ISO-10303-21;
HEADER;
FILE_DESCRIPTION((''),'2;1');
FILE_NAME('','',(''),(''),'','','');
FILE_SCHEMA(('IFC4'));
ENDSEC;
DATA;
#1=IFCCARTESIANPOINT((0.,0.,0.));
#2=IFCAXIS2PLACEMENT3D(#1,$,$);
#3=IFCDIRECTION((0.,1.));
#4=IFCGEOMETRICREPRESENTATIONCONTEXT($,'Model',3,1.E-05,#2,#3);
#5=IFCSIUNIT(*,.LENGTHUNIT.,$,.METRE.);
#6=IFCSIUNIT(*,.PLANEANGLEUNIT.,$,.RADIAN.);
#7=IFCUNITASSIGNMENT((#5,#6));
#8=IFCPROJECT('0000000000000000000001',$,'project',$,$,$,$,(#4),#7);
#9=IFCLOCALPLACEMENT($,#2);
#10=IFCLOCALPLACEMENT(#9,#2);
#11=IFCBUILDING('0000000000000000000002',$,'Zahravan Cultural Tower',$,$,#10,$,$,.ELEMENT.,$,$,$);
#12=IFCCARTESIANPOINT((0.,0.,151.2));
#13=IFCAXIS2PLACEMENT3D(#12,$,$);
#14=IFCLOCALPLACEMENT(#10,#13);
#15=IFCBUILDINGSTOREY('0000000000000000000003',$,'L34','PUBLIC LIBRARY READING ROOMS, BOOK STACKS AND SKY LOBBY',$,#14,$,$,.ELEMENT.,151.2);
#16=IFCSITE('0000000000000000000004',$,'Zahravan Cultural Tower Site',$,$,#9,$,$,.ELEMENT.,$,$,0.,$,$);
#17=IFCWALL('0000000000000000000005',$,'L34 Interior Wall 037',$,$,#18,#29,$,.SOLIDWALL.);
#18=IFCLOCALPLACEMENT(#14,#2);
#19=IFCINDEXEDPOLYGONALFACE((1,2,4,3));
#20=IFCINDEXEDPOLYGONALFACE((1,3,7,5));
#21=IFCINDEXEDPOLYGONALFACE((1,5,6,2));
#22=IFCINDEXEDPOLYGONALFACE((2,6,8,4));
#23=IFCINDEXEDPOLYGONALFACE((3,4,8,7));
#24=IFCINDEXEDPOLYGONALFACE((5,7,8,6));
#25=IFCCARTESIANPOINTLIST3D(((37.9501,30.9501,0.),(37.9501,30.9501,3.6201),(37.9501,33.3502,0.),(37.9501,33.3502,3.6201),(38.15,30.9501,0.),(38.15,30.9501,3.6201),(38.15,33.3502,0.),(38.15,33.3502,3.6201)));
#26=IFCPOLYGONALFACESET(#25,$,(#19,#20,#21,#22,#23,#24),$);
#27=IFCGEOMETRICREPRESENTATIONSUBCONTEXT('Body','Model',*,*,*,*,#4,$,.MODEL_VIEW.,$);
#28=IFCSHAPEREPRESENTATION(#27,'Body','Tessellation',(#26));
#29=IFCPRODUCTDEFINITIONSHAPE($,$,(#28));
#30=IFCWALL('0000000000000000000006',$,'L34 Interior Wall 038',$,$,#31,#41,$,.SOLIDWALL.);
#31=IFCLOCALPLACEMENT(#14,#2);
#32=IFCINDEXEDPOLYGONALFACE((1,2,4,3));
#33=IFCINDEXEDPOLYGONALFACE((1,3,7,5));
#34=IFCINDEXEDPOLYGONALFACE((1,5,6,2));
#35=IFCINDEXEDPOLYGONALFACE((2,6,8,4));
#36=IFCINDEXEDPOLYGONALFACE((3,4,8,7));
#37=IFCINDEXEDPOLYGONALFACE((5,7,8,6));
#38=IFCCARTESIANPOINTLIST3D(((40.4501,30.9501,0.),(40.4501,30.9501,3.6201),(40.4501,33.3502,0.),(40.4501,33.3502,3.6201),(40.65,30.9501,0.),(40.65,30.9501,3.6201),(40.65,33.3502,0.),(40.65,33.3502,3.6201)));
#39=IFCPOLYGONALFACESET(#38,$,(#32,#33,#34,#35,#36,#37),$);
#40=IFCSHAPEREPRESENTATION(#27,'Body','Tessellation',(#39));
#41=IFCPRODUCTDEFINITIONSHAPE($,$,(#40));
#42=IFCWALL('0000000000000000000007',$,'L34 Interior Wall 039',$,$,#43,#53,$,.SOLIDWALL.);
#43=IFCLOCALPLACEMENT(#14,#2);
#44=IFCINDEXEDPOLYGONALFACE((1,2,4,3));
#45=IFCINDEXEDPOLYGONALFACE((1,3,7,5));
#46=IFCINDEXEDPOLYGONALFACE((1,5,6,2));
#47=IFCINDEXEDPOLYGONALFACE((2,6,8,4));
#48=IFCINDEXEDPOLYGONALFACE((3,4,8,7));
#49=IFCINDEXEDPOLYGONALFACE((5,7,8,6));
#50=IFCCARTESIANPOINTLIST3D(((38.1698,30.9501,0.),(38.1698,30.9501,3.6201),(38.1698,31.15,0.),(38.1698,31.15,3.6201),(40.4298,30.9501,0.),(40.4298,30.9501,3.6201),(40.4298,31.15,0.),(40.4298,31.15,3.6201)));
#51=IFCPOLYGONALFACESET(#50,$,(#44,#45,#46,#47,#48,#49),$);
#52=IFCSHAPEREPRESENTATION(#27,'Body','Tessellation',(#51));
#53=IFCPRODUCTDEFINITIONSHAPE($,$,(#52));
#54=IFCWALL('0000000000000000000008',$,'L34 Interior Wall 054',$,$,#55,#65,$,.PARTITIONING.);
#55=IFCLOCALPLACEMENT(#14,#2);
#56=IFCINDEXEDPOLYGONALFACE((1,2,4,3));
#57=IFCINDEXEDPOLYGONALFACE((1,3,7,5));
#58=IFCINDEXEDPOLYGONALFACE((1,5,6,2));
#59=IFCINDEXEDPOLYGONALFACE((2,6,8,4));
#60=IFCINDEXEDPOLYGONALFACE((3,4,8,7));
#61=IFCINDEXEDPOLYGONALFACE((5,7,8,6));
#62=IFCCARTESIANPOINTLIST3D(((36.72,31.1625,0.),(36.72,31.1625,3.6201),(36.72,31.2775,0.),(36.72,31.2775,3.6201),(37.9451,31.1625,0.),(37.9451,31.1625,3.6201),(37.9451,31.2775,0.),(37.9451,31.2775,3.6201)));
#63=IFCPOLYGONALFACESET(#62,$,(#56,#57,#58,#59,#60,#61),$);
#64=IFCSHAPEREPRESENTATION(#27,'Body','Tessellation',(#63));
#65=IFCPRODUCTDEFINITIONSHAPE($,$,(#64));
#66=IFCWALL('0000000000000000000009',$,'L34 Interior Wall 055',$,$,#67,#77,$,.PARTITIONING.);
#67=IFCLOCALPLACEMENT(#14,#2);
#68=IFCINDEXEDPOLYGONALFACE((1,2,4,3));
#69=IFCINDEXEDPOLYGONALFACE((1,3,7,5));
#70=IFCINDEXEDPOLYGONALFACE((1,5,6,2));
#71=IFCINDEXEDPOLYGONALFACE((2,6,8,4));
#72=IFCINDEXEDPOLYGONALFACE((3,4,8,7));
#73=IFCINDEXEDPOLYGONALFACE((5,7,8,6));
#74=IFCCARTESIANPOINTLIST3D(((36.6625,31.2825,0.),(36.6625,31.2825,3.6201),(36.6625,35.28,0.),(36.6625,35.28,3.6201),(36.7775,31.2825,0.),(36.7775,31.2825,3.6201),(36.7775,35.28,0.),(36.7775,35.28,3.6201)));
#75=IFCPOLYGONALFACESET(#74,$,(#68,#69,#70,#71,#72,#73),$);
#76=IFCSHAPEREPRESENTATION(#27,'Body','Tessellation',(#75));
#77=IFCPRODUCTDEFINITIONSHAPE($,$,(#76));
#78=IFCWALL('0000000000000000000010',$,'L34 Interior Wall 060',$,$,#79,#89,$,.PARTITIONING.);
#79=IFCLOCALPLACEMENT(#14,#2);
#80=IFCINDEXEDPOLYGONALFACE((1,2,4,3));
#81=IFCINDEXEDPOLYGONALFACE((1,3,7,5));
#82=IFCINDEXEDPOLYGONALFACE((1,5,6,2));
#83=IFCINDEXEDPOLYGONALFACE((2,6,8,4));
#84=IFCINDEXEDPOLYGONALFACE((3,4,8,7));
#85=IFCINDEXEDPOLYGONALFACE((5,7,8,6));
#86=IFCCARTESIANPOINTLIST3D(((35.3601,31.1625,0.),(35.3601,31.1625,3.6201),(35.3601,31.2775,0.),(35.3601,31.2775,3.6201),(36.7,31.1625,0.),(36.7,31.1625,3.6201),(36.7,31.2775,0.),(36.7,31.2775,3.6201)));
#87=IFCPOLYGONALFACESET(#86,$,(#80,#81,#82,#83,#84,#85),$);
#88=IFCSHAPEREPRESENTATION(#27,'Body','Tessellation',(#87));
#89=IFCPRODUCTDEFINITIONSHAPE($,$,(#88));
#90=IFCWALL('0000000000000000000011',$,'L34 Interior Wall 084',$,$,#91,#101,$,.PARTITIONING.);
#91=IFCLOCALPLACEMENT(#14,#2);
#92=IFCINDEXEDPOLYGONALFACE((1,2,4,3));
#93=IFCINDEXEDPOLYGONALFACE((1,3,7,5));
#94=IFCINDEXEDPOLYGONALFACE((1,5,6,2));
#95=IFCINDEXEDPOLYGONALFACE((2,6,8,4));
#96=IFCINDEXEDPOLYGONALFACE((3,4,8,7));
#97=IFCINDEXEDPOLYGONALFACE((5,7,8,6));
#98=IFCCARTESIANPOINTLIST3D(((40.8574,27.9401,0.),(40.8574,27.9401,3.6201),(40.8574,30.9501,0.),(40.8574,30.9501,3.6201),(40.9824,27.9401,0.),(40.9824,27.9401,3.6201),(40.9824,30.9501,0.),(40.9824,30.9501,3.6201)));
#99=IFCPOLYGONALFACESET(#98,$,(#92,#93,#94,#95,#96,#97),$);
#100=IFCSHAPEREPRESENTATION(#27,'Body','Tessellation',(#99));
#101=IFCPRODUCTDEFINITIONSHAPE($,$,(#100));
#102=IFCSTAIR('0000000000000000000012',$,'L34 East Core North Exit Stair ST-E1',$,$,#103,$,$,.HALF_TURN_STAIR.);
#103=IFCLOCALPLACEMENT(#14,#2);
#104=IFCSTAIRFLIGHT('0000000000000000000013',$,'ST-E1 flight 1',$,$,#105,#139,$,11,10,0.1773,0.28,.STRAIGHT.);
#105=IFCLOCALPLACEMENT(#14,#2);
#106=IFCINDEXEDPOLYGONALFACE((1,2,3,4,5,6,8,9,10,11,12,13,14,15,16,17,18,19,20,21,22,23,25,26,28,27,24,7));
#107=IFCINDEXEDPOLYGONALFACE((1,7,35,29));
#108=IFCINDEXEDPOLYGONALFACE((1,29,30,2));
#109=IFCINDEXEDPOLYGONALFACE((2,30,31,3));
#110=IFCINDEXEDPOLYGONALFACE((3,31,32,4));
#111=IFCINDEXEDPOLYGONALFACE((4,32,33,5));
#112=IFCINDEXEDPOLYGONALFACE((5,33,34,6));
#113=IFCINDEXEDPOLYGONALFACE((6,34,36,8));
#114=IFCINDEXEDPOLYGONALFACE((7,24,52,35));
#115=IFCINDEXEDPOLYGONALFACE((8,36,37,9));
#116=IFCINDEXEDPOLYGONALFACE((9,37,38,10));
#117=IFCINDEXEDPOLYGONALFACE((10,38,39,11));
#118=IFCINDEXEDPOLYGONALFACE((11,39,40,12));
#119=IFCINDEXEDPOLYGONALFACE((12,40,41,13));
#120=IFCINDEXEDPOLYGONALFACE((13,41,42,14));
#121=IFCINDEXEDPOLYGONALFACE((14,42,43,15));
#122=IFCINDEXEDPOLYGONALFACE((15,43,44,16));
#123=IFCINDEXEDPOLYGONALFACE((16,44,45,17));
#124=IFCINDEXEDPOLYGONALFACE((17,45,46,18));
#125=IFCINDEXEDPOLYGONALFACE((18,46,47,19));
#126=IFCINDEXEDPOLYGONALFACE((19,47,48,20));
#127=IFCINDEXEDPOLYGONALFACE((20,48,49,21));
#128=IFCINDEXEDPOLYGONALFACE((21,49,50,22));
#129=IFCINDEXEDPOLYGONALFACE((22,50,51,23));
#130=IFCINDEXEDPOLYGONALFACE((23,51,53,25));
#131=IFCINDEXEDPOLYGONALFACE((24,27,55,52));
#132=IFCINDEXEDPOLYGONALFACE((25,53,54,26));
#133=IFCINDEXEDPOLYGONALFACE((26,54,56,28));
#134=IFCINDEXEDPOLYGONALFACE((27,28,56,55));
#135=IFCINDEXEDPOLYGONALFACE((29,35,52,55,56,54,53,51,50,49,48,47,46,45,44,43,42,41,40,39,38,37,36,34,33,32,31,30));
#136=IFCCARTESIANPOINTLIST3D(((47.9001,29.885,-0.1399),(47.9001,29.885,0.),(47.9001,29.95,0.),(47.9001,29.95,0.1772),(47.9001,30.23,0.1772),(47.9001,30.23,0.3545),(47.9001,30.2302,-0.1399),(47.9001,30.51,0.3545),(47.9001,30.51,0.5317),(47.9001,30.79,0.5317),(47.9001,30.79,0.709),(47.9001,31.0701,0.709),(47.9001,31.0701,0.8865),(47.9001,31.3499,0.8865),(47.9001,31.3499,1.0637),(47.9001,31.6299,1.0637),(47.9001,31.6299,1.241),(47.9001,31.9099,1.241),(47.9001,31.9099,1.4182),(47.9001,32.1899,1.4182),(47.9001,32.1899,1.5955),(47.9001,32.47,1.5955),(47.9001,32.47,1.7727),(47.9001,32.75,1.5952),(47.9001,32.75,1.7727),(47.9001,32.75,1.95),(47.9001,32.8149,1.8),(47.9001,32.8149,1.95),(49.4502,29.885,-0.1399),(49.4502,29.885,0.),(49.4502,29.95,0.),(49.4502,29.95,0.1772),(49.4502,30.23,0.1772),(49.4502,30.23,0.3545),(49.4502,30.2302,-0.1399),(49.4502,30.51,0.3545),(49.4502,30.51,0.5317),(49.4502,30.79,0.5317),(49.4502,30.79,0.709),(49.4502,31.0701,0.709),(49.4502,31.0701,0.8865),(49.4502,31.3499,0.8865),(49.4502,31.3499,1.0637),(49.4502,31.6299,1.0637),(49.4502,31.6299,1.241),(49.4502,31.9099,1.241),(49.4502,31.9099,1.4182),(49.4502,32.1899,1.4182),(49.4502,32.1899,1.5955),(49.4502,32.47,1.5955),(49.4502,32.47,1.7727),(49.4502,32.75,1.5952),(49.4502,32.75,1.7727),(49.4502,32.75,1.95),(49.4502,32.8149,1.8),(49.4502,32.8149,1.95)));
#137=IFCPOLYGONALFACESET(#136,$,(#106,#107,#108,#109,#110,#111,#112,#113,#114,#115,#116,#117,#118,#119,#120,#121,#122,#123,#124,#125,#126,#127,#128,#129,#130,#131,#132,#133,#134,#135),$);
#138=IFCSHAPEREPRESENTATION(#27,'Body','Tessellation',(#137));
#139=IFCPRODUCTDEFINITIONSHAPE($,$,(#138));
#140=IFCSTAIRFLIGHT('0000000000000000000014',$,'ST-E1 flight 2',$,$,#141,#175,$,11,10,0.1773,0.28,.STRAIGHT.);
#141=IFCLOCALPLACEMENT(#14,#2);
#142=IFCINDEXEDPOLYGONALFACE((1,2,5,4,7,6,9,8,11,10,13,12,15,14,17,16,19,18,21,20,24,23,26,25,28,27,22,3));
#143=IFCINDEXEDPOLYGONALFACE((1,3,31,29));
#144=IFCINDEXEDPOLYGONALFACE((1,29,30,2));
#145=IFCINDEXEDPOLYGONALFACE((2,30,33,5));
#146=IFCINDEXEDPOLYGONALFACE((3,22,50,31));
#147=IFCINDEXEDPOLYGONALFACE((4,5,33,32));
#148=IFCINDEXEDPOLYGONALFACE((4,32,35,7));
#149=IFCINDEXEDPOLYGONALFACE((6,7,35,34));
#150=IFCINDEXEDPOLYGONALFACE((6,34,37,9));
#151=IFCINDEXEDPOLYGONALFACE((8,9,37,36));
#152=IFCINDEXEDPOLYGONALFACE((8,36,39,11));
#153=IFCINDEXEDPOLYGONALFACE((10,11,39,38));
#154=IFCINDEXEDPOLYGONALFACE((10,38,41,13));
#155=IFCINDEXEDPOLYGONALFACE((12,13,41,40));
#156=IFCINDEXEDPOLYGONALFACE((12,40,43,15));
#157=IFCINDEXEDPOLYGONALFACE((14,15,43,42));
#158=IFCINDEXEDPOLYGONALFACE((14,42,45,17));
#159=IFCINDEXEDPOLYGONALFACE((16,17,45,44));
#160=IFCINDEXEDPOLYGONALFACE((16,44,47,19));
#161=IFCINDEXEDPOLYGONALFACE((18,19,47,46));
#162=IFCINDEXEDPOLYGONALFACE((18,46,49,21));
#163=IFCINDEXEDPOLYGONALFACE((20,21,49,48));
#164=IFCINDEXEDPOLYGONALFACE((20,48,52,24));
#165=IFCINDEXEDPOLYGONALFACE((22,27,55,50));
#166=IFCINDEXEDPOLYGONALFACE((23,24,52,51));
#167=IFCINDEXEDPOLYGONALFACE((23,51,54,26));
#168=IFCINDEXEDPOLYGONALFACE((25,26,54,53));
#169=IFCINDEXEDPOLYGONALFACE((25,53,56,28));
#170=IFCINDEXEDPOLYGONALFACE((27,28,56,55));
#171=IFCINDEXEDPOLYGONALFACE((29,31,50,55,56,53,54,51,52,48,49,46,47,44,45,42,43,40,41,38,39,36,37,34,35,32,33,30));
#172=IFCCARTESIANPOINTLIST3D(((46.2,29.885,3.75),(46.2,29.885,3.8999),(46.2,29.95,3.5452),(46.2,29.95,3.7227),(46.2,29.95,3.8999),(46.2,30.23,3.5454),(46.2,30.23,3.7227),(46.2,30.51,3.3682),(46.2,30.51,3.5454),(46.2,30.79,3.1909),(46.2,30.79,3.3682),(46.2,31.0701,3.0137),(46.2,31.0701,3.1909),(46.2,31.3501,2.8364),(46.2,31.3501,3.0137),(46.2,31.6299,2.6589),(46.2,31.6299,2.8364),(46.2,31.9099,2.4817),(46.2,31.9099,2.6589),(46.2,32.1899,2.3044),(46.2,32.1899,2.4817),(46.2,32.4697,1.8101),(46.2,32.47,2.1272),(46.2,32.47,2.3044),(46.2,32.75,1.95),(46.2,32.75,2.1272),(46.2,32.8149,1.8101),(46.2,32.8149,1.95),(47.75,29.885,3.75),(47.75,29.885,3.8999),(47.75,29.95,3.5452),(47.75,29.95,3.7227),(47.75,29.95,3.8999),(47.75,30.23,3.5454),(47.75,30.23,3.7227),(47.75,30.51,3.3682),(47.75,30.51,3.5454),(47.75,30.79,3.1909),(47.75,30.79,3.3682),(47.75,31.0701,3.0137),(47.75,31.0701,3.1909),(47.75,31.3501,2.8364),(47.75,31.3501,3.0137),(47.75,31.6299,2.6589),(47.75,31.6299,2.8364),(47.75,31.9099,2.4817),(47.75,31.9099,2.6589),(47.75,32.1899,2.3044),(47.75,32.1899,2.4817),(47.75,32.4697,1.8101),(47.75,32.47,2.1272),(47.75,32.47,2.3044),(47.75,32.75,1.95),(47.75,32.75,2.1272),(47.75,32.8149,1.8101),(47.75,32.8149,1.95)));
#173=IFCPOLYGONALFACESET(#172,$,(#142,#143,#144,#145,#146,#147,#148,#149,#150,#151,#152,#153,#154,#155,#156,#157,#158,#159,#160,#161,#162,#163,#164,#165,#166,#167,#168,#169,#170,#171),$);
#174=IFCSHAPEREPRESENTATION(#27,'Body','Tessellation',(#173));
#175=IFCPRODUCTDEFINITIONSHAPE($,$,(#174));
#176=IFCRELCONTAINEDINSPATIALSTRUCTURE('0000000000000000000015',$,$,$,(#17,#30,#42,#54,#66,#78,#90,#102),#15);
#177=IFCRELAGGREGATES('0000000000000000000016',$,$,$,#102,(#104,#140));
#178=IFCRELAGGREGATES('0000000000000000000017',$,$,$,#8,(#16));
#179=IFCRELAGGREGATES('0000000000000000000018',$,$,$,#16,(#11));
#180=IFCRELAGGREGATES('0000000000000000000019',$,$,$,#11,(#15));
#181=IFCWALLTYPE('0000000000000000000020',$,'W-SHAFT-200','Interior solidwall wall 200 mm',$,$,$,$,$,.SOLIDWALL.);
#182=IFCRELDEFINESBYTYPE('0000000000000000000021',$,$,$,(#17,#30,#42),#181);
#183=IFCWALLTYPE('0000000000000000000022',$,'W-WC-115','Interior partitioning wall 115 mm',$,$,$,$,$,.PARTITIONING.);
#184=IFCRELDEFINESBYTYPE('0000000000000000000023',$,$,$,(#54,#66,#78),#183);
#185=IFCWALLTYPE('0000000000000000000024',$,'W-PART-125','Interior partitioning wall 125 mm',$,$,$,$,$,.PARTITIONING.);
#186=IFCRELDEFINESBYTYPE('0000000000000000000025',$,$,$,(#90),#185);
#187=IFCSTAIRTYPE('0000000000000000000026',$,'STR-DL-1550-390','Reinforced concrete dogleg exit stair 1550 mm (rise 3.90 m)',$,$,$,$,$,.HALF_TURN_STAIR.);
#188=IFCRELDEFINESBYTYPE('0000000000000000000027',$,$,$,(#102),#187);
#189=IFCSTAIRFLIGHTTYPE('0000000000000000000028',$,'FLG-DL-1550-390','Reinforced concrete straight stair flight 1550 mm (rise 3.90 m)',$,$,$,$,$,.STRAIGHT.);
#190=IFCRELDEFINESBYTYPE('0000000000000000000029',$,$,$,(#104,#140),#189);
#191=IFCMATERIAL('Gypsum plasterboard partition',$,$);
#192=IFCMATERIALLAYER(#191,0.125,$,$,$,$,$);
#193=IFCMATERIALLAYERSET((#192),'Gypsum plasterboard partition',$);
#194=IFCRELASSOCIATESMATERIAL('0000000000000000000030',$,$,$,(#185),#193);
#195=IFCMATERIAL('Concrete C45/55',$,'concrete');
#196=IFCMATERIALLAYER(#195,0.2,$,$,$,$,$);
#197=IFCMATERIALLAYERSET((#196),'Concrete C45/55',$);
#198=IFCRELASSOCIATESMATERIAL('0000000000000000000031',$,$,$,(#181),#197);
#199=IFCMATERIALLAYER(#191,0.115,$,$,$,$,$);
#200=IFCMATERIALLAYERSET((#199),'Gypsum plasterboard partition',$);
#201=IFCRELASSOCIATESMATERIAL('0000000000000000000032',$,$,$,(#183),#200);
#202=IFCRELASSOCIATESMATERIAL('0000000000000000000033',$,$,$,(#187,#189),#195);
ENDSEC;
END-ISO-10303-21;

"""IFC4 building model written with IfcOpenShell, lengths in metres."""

from ifc_helpers import new_model, si_unit, direction, frame, frame_2d, origin, place, context, subcontext, project, spatial, polyline, rectangle, outline, extrude, source, transform, mapped, material, layer, layer_set, type_object, element, aggregate, save


model = new_model("IFC4")

# Units and contexts
model_context = context("Model", 3, precision=1e-05, world=origin(), true_north=direction((0.0, 1.0)))
body_context = subcontext(model_context, "Body", "Model", "MODEL_VIEW")
ifc_project = project(units=[si_unit("LENGTHUNIT", "METRE"), si_unit("PLANEANGLEUNIT", "RADIAN")], contexts=[model_context])

# Site, building, storey
site_placement = place(None, origin())
site = spatial("IfcSite", under=ifc_project, at=site_placement, Name="Zahravan Cultural Tower Site", CompositionType="ELEMENT", RefElevation=0.0)
building_placement = place(site_placement, origin())
building = spatial("IfcBuilding", under=site, at=building_placement, Name="Zahravan Cultural Tower", CompositionType="ELEMENT")
storey_placement = place(building_placement, frame((0.0, 0.0, 151.2)))
storey = spatial("IfcBuildingStorey", under=building, at=storey_placement, Name="L34", Description="PUBLIC LIBRARY READING ROOMS, BOOK STACKS AND SKY LOBBY", CompositionType="ELEMENT", Elevation=151.2)

# Shared definitions
ifc_material_1 = material(Name="Gypsum plasterboard partition")
ifc_layer_1 = layer(ifc_material_1, 0.125)
ifc_layer_set_1 = layer_set([ifc_layer_1], Name="Gypsum plasterboard partition")
wall_type_1 = type_object("IfcWallType", Name="W-PART-125", Description="Interior partitioning wall 125 mm", PredefinedType="PARTITIONING", material=ifc_layer_set_1)
ifc_material_2 = material(Name="Concrete C45/55", Category="concrete")
ifc_layer_2 = layer(ifc_material_2, 0.2)
ifc_layer_set_2 = layer_set([ifc_layer_2], Name="Concrete C45/55")
wall_type_2 = type_object("IfcWallType", Name="W-SHAFT-200", Description="Interior solidwall wall 200 mm", PredefinedType="SOLIDWALL", material=ifc_layer_set_2)

# Walls
shared_shape_1 = source(origin(), body_context, "Body", "SweptSolid", [
    extrude(rectangle(XDim=2.4001, YDim=0.2, at=frame_2d((1.2002, 0.0))), origin(), (0.0, 0.0, 1.0), 3.6201),
])
for number, where, z_axis, x_axis, name in (
    (1, (38.05, 30.95, 0.0), (0.0, 0.0, 1.0), (0.0, 1.0, 0.0), "L34 Interior Wall 037"),
    (2, (40.55, 30.95, 0.0), (0.0, 0.0, 1.0), (0.0, 1.0, 0.0), "L34 Interior Wall 038"),
):
    element("IfcWall", number, at=place(storey_placement, frame(where, z_axis=z_axis, x_axis=x_axis)), inside=storey, type_object=wall_type_2, Name=name, PredefinedType="SOLIDWALL", context=body_context, shape_type="MappedRepresentation", body=[
        mapped(shared_shape_1, transform((0.0, 0.0, 0.0), x_axis=(1.0, 0.0, 0.0), y_axis=(0.0, 1.0, 0.0), z_axis=(0.0, 0.0, 1.0), scale=1.0)),
    ])
shared_shape_2 = source(origin(), body_context, "Body", "SweptSolid", [
    extrude(rectangle(XDim=2.26, YDim=0.2, at=frame_2d((1.1299, 0.0))), origin(), (0.0, 0.0, 1.0), 3.6201),
])
wall_1_placement = place(storey_placement, frame((38.1699, 31.05, 0.0), z_axis=(0.0, 0.0, 1.0), x_axis=(1.0, 0.0, 0.0)))
element("IfcWall", 3, at=wall_1_placement, inside=storey, type_object=wall_type_2, Name="L34 Interior Wall 039", PredefinedType="SOLIDWALL", context=body_context, shape_type="MappedRepresentation", body=[
    mapped(shared_shape_2, transform((0.0, 0.0, 0.0), x_axis=(1.0, 0.0, 0.0), y_axis=(0.0, 1.0, 0.0), z_axis=(0.0, 0.0, 1.0), scale=1.0)),
])
ifc_layer_3 = layer(ifc_material_1, 0.115)
ifc_layer_set_3 = layer_set([ifc_layer_3], Name="Gypsum plasterboard partition")
wall_type_3 = type_object("IfcWallType", Name="W-WC-115", Description="Interior partitioning wall 115 mm", PredefinedType="PARTITIONING", material=ifc_layer_set_3)
shared_shape_3 = source(origin(), body_context, "Body", "SweptSolid", [
    extrude(rectangle(XDim=1.2251, YDim=0.115, at=frame_2d((0.6125, 0.0))), origin(), (0.0, 0.0, 1.0), 3.6201),
])
wall_2_placement = place(storey_placement, frame((37.9451, 31.22, 0.0), z_axis=(0.0, 0.0, 1.0), x_axis=(-1.0, 0.0, 0.0)))
element("IfcWall", 4, at=wall_2_placement, inside=storey, type_object=wall_type_3, Name="L34 Interior Wall 054", PredefinedType="PARTITIONING", context=body_context, shape_type="MappedRepresentation", body=[
    mapped(shared_shape_3, transform((0.0, 0.0, 0.0), x_axis=(1.0, 0.0, 0.0), y_axis=(0.0, 1.0, 0.0), z_axis=(0.0, 0.0, 1.0), scale=1.0)),
])
shared_shape_4 = source(origin(), body_context, "Body", "SweptSolid", [
    extrude(rectangle(XDim=3.9976, YDim=0.115, at=frame_2d((1.9988, 0.0))), origin(), (0.0, 0.0, 1.0), 3.6201),
])
wall_3_placement = place(storey_placement, frame((36.72, 31.2825, 0.0), z_axis=(0.0, 0.0, 1.0), x_axis=(0.0, 1.0, 0.0)))
element("IfcWall", 5, at=wall_3_placement, inside=storey, type_object=wall_type_3, Name="L34 Interior Wall 055", PredefinedType="PARTITIONING", context=body_context, shape_type="MappedRepresentation", body=[
    mapped(shared_shape_4, transform((0.0, 0.0, 0.0), x_axis=(1.0, 0.0, 0.0), y_axis=(0.0, 1.0, 0.0), z_axis=(0.0, 0.0, 1.0), scale=1.0)),
])
shared_shape_5 = source(origin(), body_context, "Body", "SweptSolid", [
    extrude(rectangle(XDim=1.3398, YDim=0.115, at=frame_2d((0.6699, 0.0))), origin(), (0.0, 0.0, 1.0), 3.6201),
])
wall_4_placement = place(storey_placement, frame((36.7, 31.22, 0.0), z_axis=(0.0, 0.0, 1.0), x_axis=(-1.0, 0.0, 0.0)))
element("IfcWall", 6, at=wall_4_placement, inside=storey, type_object=wall_type_3, Name="L34 Interior Wall 060", PredefinedType="PARTITIONING", context=body_context, shape_type="MappedRepresentation", body=[
    mapped(shared_shape_5, transform((0.0, 0.0, 0.0), x_axis=(1.0, 0.0, 0.0), y_axis=(0.0, 1.0, 0.0), z_axis=(0.0, 0.0, 1.0), scale=1.0)),
])
shared_shape_6 = source(origin(), body_context, "Body", "SweptSolid", [
    extrude(rectangle(XDim=3.01, YDim=0.125, at=frame_2d((1.5049, 0.0))), origin(), (0.0, 0.0, 1.0), 3.6201),
])
wall_5_placement = place(storey_placement, frame((40.9199, 30.95, 0.0), z_axis=(0.0, 0.0, 1.0), x_axis=(0.0, -1.0, 0.0)))
element("IfcWall", 7, at=wall_5_placement, inside=storey, type_object=wall_type_1, Name="L34 Interior Wall 084", PredefinedType="PARTITIONING", context=body_context, shape_type="MappedRepresentation", body=[
    mapped(shared_shape_6, transform((0.0, 0.0, 0.0), x_axis=(1.0, 0.0, 0.0), y_axis=(0.0, 1.0, 0.0), z_axis=(0.0, 0.0, 1.0), scale=1.0)),
])

# Stair, stair flights
stair_type = type_object("IfcStairType", Name="STR-DL-1550-390", Description="Reinforced concrete dogleg exit stair 1550 mm (rise 3.90 m)", PredefinedType="HALF_TURN_STAIR", material=ifc_material_2)
stair_placement = place(storey_placement, origin())
stair = element("IfcStair", 8, at=stair_placement, inside=storey, type_object=stair_type, Name="L34 East Core North Exit Stair ST-E1", PredefinedType="HALF_TURN_STAIR")
stair_flight_type = type_object("IfcStairFlightType", Name="FLG-DL-1550-390", Description="Reinforced concrete straight stair flight 1550 mm (rise 3.90 m)", PredefinedType="STRAIGHT", material=ifc_material_2)
stair_flight_1_placement = place(storey_placement, frame((48.675, 29.95, 0.0), z_axis=(0.0, 0.0, 1.0), x_axis=(0.0, 1.0, 0.0)))
stair_flight_1 = element("IfcStairFlight", 9, at=stair_flight_1_placement, type_object=stair_flight_type, Name="ST-E1 flight 1", NumberOfRisers=11, NumberOfTreads=10, PredefinedType="STRAIGHT", RiserHeight=0.1773, TreadLength=0.28, context=body_context, shape_type="SweptSolid", body=[
    extrude(outline(polyline([(-0.0649, -0.1399), (-0.0649, 0.0), (0.0, 0.0), (0.0, 0.1772), (0.28, 0.1772), (0.28, 0.3545), (0.5601, 0.3545), (0.5601, 0.5317), (0.8401, 0.5317), (0.8401, 0.709), (1.1201, 0.709), (1.1201, 0.8865), (1.3999, 0.8865), (1.3999, 1.0637), (1.6799, 1.0637), (1.6799, 1.241), (1.96, 1.241), (1.96, 1.4182), (2.24, 1.4182), (2.24, 1.5955), (2.52, 1.5955), (2.52, 1.7727), (2.8, 1.7727), (2.8, 1.95), (2.865, 1.95), (2.865, 1.8), (2.8, 1.5952), (0.2803, -0.1399), (-0.0649, -0.1399)])), frame((0.0, 0.7749, 0.0), z_axis=(0.0, -1.0, 0.0), x_axis=(1.0, 0.0, 0.0)), (0.0, 0.0, 1.0), 1.55),
])
stair_flight_2_placement = place(storey_placement, frame((46.9751, 32.75, 1.95), z_axis=(0.0, 0.0, 1.0), x_axis=(0.0, -1.0, 0.0)))
stair_flight_2 = element("IfcStairFlight", 10, at=stair_flight_2_placement, type_object=stair_flight_type, Name="ST-E1 flight 2", NumberOfRisers=11, NumberOfTreads=10, PredefinedType="STRAIGHT", RiserHeight=0.1773, TreadLength=0.28, context=body_context, shape_type="SweptSolid", body=[
    extrude(outline(polyline([(-0.0649, -0.1399), (-0.0649, 0.0), (0.0, 0.0), (0.0, 0.1772), (0.28, 0.1772), (0.28, 0.3545), (0.5601, 0.3545), (0.5601, 0.5317), (0.8401, 0.5317), (0.8401, 0.709), (1.1201, 0.709), (1.1201, 0.8865), (1.3999, 0.8865), (1.3999, 1.0637), (1.6799, 1.0637), (1.6799, 1.241), (1.96, 1.241), (1.96, 1.4182), (2.24, 1.4182), (2.24, 1.5955), (2.52, 1.5955), (2.52, 1.7727), (2.8, 1.7727), (2.8, 1.95), (2.865, 1.95), (2.865, 1.8), (2.8, 1.5952), (0.2803, -0.1399), (-0.0649, -0.1399)])), frame((0.0, 0.7749, 0.0), z_axis=(0.0, -1.0, 0.0), x_axis=(1.0, 0.0, 0.0)), (0.0, 0.0, 1.0), 1.55),
])
aggregate(stair, [stair_flight_1, stair_flight_2])

save(model, "model.ifc")
